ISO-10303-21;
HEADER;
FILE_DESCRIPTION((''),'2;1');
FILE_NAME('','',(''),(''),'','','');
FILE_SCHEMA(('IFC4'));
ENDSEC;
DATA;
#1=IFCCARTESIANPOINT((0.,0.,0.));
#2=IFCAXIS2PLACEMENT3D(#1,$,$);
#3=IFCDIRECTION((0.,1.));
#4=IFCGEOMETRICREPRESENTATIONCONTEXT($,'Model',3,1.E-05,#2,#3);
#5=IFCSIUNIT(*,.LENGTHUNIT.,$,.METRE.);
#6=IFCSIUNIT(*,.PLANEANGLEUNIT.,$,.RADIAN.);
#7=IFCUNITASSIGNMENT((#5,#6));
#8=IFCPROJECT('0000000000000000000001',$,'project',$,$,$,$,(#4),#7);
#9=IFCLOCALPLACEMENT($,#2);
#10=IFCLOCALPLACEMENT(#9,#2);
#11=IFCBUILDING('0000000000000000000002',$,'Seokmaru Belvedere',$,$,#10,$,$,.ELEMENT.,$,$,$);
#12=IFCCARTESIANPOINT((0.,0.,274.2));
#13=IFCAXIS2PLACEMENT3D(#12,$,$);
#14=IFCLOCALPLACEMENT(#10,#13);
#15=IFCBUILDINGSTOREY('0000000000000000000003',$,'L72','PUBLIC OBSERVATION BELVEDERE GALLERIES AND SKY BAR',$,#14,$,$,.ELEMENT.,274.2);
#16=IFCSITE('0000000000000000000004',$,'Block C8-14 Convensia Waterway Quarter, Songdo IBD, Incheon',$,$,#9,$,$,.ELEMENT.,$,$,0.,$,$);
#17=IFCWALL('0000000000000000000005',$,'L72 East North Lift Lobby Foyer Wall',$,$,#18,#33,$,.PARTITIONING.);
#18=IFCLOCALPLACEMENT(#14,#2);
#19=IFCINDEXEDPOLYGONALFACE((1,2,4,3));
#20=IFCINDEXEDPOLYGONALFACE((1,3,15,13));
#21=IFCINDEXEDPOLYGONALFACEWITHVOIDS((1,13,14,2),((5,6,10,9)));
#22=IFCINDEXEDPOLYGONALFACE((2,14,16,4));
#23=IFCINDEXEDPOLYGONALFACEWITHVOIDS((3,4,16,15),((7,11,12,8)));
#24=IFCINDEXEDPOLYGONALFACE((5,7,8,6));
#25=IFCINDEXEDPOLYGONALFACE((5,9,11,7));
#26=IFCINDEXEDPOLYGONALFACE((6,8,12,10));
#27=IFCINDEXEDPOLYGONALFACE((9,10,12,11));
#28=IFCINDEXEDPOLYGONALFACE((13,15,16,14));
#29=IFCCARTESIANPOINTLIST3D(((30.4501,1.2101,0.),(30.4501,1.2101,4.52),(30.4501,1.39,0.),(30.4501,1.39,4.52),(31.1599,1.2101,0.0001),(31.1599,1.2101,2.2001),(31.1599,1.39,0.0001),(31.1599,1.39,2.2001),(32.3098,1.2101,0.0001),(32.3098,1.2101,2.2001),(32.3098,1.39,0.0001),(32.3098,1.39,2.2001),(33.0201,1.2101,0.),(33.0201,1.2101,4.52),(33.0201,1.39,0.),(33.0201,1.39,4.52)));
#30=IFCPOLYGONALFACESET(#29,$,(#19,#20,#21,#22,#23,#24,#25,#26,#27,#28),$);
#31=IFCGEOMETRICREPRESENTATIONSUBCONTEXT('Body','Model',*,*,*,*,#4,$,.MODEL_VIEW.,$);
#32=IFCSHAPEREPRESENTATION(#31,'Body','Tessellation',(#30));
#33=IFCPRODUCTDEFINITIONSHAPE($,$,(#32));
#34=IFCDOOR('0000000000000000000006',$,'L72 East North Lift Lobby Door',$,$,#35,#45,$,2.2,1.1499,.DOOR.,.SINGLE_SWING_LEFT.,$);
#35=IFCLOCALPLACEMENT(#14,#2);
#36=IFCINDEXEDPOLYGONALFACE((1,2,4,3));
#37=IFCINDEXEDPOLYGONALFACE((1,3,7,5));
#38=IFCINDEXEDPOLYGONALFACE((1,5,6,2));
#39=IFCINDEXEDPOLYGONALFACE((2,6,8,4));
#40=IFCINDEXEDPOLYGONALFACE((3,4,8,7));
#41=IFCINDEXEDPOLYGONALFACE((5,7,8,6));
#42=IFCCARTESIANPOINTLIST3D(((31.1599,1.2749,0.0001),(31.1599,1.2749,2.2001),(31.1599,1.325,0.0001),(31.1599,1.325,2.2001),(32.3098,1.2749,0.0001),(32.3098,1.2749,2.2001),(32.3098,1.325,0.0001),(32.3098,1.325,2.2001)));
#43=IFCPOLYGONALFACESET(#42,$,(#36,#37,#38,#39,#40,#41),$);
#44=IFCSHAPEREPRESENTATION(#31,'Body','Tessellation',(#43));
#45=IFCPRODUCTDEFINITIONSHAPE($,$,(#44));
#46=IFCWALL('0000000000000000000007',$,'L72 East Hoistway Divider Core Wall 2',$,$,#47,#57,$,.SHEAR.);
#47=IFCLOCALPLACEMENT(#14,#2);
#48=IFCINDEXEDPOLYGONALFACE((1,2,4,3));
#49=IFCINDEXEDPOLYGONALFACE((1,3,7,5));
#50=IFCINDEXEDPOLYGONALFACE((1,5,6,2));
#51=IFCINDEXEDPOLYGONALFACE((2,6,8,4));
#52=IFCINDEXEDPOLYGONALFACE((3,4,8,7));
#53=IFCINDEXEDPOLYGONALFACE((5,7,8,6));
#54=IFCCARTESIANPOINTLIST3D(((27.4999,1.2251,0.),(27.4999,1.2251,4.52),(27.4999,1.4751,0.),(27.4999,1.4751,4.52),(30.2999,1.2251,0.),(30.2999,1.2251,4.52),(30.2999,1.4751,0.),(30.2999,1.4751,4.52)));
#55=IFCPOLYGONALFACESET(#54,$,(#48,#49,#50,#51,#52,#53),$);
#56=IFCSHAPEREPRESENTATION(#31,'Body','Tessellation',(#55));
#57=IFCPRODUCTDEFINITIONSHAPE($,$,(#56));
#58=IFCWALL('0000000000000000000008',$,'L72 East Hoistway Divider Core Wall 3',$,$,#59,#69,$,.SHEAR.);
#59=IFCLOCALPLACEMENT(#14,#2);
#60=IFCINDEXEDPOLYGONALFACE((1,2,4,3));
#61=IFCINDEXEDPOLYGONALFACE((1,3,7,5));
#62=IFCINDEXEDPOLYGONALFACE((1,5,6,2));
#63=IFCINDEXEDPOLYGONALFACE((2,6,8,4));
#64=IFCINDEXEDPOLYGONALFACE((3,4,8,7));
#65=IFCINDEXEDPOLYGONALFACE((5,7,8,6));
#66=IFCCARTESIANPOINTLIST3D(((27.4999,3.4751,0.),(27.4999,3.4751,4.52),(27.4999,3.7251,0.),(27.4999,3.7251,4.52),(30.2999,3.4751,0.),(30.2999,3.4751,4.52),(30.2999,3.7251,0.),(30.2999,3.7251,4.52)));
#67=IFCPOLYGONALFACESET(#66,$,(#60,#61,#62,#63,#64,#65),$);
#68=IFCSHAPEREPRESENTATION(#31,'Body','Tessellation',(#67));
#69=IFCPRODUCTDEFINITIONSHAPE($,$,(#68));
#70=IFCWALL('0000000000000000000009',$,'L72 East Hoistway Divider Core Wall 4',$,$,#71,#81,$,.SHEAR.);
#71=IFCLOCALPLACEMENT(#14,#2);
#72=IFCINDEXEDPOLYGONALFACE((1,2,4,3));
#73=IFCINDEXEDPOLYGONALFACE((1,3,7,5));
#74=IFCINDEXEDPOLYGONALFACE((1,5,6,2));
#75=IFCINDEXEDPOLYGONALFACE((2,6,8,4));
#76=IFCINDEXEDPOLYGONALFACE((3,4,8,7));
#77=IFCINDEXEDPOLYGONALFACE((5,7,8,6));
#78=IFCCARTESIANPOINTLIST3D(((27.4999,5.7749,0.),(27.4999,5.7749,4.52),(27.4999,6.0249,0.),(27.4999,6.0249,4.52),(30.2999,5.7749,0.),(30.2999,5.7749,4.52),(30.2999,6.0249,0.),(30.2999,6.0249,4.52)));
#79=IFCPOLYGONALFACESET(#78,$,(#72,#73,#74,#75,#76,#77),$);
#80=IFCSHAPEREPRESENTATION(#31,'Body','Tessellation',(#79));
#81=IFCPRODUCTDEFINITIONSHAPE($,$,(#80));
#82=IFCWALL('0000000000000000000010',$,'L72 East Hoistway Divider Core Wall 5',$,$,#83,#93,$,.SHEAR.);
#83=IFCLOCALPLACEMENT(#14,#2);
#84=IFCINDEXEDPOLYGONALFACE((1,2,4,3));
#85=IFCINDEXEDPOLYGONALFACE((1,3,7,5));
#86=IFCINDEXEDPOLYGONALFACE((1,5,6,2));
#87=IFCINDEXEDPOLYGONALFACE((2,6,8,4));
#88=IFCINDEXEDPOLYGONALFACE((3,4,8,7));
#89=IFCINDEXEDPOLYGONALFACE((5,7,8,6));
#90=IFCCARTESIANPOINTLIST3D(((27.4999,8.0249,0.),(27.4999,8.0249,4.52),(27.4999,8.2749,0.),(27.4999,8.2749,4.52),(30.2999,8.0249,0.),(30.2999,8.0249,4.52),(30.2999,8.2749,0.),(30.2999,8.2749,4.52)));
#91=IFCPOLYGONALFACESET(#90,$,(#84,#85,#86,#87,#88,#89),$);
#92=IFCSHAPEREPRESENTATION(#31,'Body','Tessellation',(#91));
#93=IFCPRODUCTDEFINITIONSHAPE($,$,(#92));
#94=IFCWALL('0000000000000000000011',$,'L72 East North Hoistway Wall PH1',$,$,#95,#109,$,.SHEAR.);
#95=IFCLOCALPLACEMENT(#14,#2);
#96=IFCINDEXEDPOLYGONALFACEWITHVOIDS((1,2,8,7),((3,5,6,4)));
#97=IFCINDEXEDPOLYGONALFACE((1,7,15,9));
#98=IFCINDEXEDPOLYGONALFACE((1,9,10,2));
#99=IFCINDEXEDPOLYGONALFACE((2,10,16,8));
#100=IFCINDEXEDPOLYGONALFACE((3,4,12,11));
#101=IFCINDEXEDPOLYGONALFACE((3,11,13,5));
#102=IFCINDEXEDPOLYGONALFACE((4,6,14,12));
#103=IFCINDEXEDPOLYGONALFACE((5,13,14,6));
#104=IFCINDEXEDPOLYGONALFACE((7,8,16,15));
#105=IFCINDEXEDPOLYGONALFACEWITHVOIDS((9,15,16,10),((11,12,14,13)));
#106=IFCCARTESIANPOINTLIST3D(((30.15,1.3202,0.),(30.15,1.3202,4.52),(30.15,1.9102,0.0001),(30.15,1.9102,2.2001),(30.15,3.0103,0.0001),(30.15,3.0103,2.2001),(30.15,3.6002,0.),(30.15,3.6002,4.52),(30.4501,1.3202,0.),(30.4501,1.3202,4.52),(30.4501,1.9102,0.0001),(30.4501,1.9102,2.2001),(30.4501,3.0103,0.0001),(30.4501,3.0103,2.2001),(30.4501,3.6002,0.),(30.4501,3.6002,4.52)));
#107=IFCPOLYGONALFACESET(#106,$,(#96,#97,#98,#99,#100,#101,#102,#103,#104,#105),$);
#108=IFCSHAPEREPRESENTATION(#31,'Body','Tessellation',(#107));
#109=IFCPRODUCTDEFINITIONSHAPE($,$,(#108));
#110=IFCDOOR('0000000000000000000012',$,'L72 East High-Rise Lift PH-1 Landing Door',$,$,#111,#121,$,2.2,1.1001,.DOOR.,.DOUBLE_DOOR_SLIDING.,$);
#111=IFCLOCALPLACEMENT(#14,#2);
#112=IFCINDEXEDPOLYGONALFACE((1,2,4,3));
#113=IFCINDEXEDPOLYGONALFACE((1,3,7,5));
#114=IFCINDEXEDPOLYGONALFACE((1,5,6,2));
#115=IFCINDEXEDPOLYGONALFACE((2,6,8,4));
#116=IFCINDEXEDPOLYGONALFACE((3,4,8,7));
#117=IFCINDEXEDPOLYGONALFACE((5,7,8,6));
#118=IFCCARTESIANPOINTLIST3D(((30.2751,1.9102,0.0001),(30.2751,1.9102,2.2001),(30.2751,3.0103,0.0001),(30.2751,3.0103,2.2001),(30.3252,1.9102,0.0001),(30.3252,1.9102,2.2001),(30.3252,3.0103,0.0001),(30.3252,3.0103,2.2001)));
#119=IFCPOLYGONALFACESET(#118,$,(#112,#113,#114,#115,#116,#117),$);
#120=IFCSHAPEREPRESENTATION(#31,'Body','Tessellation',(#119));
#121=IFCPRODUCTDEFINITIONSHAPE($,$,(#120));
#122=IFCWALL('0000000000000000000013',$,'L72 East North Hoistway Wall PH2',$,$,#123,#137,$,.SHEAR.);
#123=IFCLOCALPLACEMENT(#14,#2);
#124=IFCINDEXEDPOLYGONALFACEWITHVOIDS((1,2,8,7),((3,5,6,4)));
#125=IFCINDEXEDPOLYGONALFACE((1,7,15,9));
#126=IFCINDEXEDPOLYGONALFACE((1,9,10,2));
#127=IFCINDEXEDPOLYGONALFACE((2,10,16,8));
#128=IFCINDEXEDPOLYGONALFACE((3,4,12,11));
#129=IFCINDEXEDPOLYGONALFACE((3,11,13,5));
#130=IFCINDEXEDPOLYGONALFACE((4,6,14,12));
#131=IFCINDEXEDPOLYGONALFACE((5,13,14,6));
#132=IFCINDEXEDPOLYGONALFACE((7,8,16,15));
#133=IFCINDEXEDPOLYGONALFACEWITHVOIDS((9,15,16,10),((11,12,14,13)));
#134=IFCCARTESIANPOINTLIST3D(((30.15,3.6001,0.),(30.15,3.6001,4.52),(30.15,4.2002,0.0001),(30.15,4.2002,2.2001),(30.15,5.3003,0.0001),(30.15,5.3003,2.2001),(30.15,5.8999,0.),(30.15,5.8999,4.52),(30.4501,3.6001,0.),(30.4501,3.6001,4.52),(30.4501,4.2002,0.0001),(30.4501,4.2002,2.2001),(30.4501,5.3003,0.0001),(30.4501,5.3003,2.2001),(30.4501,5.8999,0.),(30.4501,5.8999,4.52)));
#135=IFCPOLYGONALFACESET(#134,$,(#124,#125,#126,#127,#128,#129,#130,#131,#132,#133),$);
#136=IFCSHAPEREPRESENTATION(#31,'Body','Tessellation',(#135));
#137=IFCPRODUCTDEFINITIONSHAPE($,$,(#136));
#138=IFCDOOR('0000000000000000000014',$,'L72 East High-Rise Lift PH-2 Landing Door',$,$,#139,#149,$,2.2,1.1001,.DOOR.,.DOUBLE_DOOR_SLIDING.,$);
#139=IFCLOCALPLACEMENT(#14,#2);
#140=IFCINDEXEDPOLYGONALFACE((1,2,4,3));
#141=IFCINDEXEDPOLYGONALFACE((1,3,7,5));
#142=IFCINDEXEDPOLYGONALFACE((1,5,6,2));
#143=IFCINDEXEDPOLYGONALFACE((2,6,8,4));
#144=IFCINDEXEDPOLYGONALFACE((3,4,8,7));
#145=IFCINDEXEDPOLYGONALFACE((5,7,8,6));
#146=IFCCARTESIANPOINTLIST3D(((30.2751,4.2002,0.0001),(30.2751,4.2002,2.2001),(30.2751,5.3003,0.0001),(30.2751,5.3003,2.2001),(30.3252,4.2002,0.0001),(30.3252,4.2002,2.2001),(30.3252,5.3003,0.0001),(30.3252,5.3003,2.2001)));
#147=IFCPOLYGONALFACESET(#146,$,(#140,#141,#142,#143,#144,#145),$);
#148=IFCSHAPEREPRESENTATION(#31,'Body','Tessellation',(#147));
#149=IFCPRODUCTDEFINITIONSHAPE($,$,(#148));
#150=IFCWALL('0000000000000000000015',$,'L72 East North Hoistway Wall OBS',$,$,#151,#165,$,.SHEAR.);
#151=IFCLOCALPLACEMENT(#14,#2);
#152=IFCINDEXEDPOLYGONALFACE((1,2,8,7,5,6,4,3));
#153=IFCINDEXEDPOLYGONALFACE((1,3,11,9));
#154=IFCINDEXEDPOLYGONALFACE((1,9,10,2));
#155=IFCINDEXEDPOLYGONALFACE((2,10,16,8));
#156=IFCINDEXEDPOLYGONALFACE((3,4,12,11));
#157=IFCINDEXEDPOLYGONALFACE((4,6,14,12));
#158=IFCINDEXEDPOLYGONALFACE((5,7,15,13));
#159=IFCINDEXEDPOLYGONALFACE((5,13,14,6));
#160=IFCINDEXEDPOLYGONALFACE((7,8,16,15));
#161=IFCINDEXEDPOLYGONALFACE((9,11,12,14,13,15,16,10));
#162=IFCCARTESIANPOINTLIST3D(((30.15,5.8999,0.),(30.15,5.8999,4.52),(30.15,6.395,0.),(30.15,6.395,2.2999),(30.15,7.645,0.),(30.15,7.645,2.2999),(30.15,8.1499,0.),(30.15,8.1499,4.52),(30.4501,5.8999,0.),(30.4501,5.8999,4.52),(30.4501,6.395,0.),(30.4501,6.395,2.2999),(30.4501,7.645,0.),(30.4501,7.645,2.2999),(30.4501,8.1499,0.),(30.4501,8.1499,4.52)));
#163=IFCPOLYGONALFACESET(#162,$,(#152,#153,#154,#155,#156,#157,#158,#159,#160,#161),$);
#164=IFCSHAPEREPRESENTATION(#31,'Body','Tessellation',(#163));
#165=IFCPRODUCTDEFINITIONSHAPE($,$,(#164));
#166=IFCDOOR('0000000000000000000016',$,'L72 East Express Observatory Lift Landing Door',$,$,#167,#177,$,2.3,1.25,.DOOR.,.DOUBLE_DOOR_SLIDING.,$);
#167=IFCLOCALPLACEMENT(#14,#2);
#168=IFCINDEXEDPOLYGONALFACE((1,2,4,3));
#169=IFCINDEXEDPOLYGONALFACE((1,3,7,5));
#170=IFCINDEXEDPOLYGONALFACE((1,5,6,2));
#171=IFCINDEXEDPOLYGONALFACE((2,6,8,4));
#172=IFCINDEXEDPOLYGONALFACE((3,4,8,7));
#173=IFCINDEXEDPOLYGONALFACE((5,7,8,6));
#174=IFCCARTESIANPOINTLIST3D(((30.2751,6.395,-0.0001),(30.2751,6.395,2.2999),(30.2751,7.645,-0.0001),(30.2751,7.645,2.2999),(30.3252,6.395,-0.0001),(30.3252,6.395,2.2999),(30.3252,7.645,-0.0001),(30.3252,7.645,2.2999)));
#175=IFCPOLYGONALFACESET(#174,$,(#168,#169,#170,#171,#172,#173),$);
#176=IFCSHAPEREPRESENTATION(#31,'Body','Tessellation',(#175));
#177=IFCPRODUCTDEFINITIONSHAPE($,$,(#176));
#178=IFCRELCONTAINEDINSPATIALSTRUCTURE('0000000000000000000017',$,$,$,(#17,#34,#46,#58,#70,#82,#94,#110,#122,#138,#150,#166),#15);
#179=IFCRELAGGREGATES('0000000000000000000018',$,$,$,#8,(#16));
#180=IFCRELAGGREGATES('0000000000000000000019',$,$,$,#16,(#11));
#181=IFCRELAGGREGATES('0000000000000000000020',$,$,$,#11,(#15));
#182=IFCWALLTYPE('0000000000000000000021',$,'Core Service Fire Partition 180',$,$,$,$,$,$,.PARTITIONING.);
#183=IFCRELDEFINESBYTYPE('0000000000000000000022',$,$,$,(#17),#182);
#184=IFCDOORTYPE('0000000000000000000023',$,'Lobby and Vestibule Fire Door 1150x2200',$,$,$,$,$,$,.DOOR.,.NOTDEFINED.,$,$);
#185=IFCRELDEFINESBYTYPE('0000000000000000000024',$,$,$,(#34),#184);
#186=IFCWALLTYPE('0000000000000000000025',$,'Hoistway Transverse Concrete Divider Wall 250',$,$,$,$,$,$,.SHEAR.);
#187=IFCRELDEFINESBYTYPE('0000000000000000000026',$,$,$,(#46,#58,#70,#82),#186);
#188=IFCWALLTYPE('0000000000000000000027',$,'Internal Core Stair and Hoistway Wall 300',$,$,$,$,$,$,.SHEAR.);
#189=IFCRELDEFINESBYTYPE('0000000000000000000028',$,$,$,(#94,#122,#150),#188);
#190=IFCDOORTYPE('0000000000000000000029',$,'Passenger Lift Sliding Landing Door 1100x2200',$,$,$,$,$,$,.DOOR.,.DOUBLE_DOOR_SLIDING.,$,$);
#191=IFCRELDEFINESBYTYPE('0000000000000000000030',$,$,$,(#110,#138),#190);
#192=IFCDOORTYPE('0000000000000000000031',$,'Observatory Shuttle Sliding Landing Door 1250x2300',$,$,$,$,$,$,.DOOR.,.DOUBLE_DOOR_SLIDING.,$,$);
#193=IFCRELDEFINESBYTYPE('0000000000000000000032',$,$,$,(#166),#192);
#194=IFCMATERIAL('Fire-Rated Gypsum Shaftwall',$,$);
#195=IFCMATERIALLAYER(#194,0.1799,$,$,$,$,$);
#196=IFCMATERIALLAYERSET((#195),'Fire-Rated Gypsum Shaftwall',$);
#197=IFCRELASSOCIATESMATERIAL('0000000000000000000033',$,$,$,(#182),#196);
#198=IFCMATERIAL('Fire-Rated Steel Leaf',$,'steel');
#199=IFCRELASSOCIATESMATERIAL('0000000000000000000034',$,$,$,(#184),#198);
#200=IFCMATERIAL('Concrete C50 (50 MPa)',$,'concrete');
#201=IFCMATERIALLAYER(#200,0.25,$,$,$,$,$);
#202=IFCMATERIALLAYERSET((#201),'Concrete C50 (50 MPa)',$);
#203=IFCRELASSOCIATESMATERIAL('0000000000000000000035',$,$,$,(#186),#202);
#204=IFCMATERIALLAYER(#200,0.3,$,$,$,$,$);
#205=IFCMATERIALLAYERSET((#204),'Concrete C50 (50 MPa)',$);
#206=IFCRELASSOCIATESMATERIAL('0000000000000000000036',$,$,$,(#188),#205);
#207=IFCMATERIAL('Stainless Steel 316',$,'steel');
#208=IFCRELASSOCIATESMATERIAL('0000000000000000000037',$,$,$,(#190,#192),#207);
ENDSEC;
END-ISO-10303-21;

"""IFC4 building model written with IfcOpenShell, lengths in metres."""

from ifc_helpers import new_model, si_unit, direction, frame, frame_2d, origin, place, context, subcontext, project, spatial, rectangle, extrude, source, transform, mapped, material, layer, layer_set, type_object, type_shapes, element, fill, save


model = new_model("IFC4")

# Units and contexts
model_context = context("Model", 3, precision=1e-05, world=origin(), true_north=direction((0.0, 1.0)))
body_context = subcontext(model_context, "Body", "Model", "MODEL_VIEW")
ifc_project = project(units=[si_unit("LENGTHUNIT", "METRE"), si_unit("PLANEANGLEUNIT", "RADIAN")], contexts=[model_context])

# Site, building, storey
site_placement = place(None, origin())
site = spatial("IfcSite", under=ifc_project, at=site_placement, Name="Block C8-14 Convensia Waterway Quarter, Songdo IBD, Incheon", CompositionType="ELEMENT", RefElevation=0.0)
building_placement = place(site_placement, origin())
building = spatial("IfcBuilding", under=site, at=building_placement, Name="Seokmaru Belvedere", CompositionType="ELEMENT")
storey_placement = place(building_placement, frame((0.0, 0.0, 274.2)))
storey = spatial("IfcBuildingStorey", under=building, at=storey_placement, Name="L72", Description="PUBLIC OBSERVATION BELVEDERE GALLERIES AND SKY BAR", CompositionType="ELEMENT", Elevation=274.2)

# Shared definitions
ifc_material_1 = material(Name="Fire-Rated Gypsum Shaftwall")
ifc_layer_1 = layer(ifc_material_1, 0.1799)
ifc_layer_set_1 = layer_set([ifc_layer_1], Name="Fire-Rated Gypsum Shaftwall")
wall_type_1 = type_object("IfcWallType", Name="Core Service Fire Partition 180", PredefinedType="PARTITIONING", material=ifc_layer_set_1)

# Shared definitions
ifc_material_2 = material(Name="Fire-Rated Steel Leaf", Category="steel")
door_type_1 = type_object("IfcDoorType", Name="Lobby and Vestibule Fire Door 1150x2200", OperationType="NOTDEFINED", PredefinedType="DOOR", material=ifc_material_2)
shared_shape_1 = source(origin(), body_context, "Body", "SweptSolid", [
    extrude(rectangle(XDim=1.1499, YDim=2.2, at=frame_2d((0.575, 1.1001))), frame((0.0, 0.0249, 0.0), z_axis=(0.0, -1.0, 0.0), x_axis=(1.0, 0.0, 0.0)), (0.0, 0.0, 1.0), 0.05),
])
type_shapes(door_type_1, [shared_shape_1])

# Wall, opening, door
wall_1_placement = place(storey_placement, frame((30.45, 1.3, 0.0), z_axis=(0.0, 0.0, 1.0), x_axis=(1.0, 0.0, 0.0)))
wall_1 = element("IfcWall", 1, at=wall_1_placement, inside=storey, type_object=wall_type_1, Name="L72 East North Lift Lobby Foyer Wall", PredefinedType="PARTITIONING", context=body_context, shape_type="SweptSolid", body=[
    extrude(rectangle(XDim=2.5701, YDim=0.1799, at=frame_2d((1.2852, 0.0))), origin(), (0.0, 0.0, 1.0), 4.52),
])
opening_1_placement = place(wall_1_placement, frame((0.71, 0.0, 0.0)))
opening_1 = element("IfcOpeningElement", 2, at=opening_1_placement, cuts=wall_1, PredefinedType="OPENING", context=body_context, shape_type="SweptSolid", body=[
    extrude(rectangle(XDim=1.1499, YDim=2.2, at=frame_2d((0.575, 1.1001))), frame((0.0, 0.1001, 0.0), z_axis=(0.0, -1.0, 0.0), x_axis=(1.0, 0.0, 0.0)), (0.0, 0.0, 1.0), 0.2),
])
door_1_placement = place(opening_1_placement, origin())
door_1 = element("IfcDoor", 3, at=door_1_placement, inside=storey, type_object=door_type_1, Name="L72 East North Lift Lobby Door", OperationType="SINGLE_SWING_LEFT", OverallHeight=2.2, OverallWidth=1.1499, PredefinedType="DOOR", context=body_context, shape_type="MappedRepresentation", body=[
    mapped(shared_shape_1, transform((0.0, 0.0, 0.0), scale=1.0)),
])
fill(opening_1, door_1)

# Walls
ifc_material_3 = material(Name="Concrete C50 (50 MPa)", Category="concrete")
ifc_layer_2 = layer(ifc_material_3, 0.25)
ifc_layer_set_2 = layer_set([ifc_layer_2], Name="Concrete C50 (50 MPa)")
wall_type_2 = type_object("IfcWallType", Name="Hoistway Transverse Concrete Divider Wall 250", PredefinedType="SHEAR", material=ifc_layer_set_2)
for number, where, z_axis, x_axis, name in (
    (4, (27.5, 1.3501, 0.0), (0.0, 0.0, 1.0), (1.0, 0.0, 0.0), "L72 East Hoistway Divider Core Wall 2"),
    (5, (27.5, 3.6001, 0.0), (0.0, 0.0, 1.0), (1.0, 0.0, 0.0), "L72 East Hoistway Divider Core Wall 3"),
    (6, (27.5, 5.8999, 0.0), (0.0, 0.0, 1.0), (1.0, 0.0, 0.0), "L72 East Hoistway Divider Core Wall 4"),
    (7, (27.5, 8.1499, 0.0), (0.0, 0.0, 1.0), (1.0, 0.0, 0.0), "L72 East Hoistway Divider Core Wall 5"),
):
    element("IfcWall", number, at=place(storey_placement, frame(where, z_axis=z_axis, x_axis=x_axis)), inside=storey, type_object=wall_type_2, Name=name, PredefinedType="SHEAR", context=body_context, shape_type="SweptSolid", body=[
        extrude(rectangle(XDim=2.8, YDim=0.25, at=frame_2d((1.3999, 0.0))), origin(), (0.0, 0.0, 1.0), 4.52),
    ])

# Walls, openings, doors
ifc_layer_3 = layer(ifc_material_3, 0.3)
ifc_layer_set_3 = layer_set([ifc_layer_3], Name="Concrete C50 (50 MPa)")
wall_type_3 = type_object("IfcWallType", Name="Internal Core Stair and Hoistway Wall 300", PredefinedType="SHEAR", material=ifc_layer_set_3)
wall_2_placement = place(storey_placement, frame((30.3, 1.3201, 0.0), z_axis=(0.0, 0.0, 1.0), x_axis=(0.0, 1.0, 0.0)))
wall_2 = element("IfcWall", 8, at=wall_2_placement, inside=storey, type_object=wall_type_3, Name="L72 East North Hoistway Wall PH1", PredefinedType="SHEAR", context=body_context, shape_type="SweptSolid", body=[
    extrude(rectangle(XDim=2.28, YDim=0.3, at=frame_2d((1.1401, 0.0))), origin(), (0.0, 0.0, 1.0), 4.52),
])
opening_2_placement = place(wall_2_placement, frame((0.5901, 0.0, 0.0)))
opening_2 = element("IfcOpeningElement", 9, at=opening_2_placement, cuts=wall_2, PredefinedType="OPENING", context=body_context, shape_type="SweptSolid", body=[
    extrude(rectangle(XDim=1.1001, YDim=2.2, at=frame_2d((0.55, 1.1001))), frame((0.0, 0.1602, 0.0), z_axis=(0.0, -1.0, 0.0), x_axis=(1.0, 0.0, 0.0)), (0.0, 0.0, 1.0), 0.3201),
])
ifc_material_4 = material(Name="Stainless Steel 316", Category="steel")
door_type_2 = type_object("IfcDoorType", Name="Passenger Lift Sliding Landing Door 1100x2200", OperationType="DOUBLE_DOOR_SLIDING", PredefinedType="DOOR", material=ifc_material_4)
shared_shape_2 = source(origin(), body_context, "Body", "SweptSolid", [
    extrude(rectangle(XDim=1.1001, YDim=2.2, at=frame_2d((0.55, 1.1001))), frame((0.0, 0.0249, 0.0), z_axis=(0.0, -1.0, 0.0), x_axis=(1.0, 0.0, 0.0)), (0.0, 0.0, 1.0), 0.05),
])
type_shapes(door_type_2, [shared_shape_2])
door_2_placement = place(opening_2_placement, origin())
door_2 = element("IfcDoor", 10, at=door_2_placement, inside=storey, type_object=door_type_2, Name="L72 East High-Rise Lift PH-1 Landing Door", OperationType="DOUBLE_DOOR_SLIDING", OverallHeight=2.2, OverallWidth=1.1001, PredefinedType="DOOR", context=body_context, shape_type="MappedRepresentation", body=[
    mapped(shared_shape_2, transform((0.0, 0.0, 0.0), scale=1.0)),
])
fill(opening_2, door_2)
wall_3_placement = place(storey_placement, frame((30.3, 3.6001, 0.0), z_axis=(0.0, 0.0, 1.0), x_axis=(0.0, 1.0, 0.0)))
wall_3 = element("IfcWall", 11, at=wall_3_placement, inside=storey, type_object=wall_type_3, Name="L72 East North Hoistway Wall PH2", PredefinedType="SHEAR", context=body_context, shape_type="SweptSolid", body=[
    extrude(rectangle(XDim=2.2998, YDim=0.3, at=frame_2d((1.1499, 0.0))), origin(), (0.0, 0.0, 1.0), 4.52),
])
opening_3_placement = place(wall_3_placement, frame((0.6001, 0.0, 0.0)))
opening_3 = element("IfcOpeningElement", 12, at=opening_3_placement, cuts=wall_3, PredefinedType="OPENING", context=body_context, shape_type="SweptSolid", body=[
    extrude(rectangle(XDim=1.1001, YDim=2.2, at=frame_2d((0.55, 1.1001))), frame((0.0, 0.1602, 0.0), z_axis=(0.0, -1.0, 0.0), x_axis=(1.0, 0.0, 0.0)), (0.0, 0.0, 1.0), 0.3201),
])
door_3_placement = place(opening_3_placement, origin())
door_3 = element("IfcDoor", 13, at=door_3_placement, inside=storey, type_object=door_type_2, Name="L72 East High-Rise Lift PH-2 Landing Door", OperationType="DOUBLE_DOOR_SLIDING", OverallHeight=2.2, OverallWidth=1.1001, PredefinedType="DOOR", context=body_context, shape_type="MappedRepresentation", body=[
    mapped(shared_shape_2, transform((0.0, 0.0, 0.0), scale=1.0)),
])
fill(opening_3, door_3)
wall_4_placement = place(storey_placement, frame((30.3, 5.8999, 0.0), z_axis=(0.0, 0.0, 1.0), x_axis=(0.0, 1.0, 0.0)))
wall_4 = element("IfcWall", 14, at=wall_4_placement, inside=storey, type_object=wall_type_3, Name="L72 East North Hoistway Wall OBS", PredefinedType="SHEAR", context=body_context, shape_type="SweptSolid", body=[
    extrude(rectangle(XDim=2.25, YDim=0.3, at=frame_2d((1.125, 0.0))), origin(), (0.0, 0.0, 1.0), 4.52),
])
opening_4_placement = place(wall_4_placement, frame((0.4951, 0.0, 0.0)))
opening_4 = element("IfcOpeningElement", 15, at=opening_4_placement, cuts=wall_4, PredefinedType="OPENING", context=body_context, shape_type="SweptSolid", body=[
    extrude(rectangle(XDim=1.25, YDim=2.3, at=frame_2d((0.625, 1.1499))), frame((0.0, 0.1602, 0.0), z_axis=(0.0, -1.0, 0.0), x_axis=(1.0, 0.0, 0.0)), (0.0, 0.0, 1.0), 0.3201),
])
door_type_3 = type_object("IfcDoorType", Name="Observatory Shuttle Sliding Landing Door 1250x2300", OperationType="DOUBLE_DOOR_SLIDING", PredefinedType="DOOR", material=ifc_material_4)
shared_shape_3 = source(origin(), body_context, "Body", "SweptSolid", [
    extrude(rectangle(XDim=1.25, YDim=2.3, at=frame_2d((0.625, 1.1499))), frame((0.0, 0.0249, 0.0), z_axis=(0.0, -1.0, 0.0), x_axis=(1.0, 0.0, 0.0)), (0.0, 0.0, 1.0), 0.05),
])
type_shapes(door_type_3, [shared_shape_3])
door_4_placement = place(opening_4_placement, origin())
door_4 = element("IfcDoor", 16, at=door_4_placement, inside=storey, type_object=door_type_3, Name="L72 East Express Observatory Lift Landing Door", OperationType="DOUBLE_DOOR_SLIDING", OverallHeight=2.3, OverallWidth=1.25, PredefinedType="DOOR", context=body_context, shape_type="MappedRepresentation", body=[
    mapped(shared_shape_3, transform((0.0, 0.0, 0.0), scale=1.0)),
])
fill(opening_4, door_4)

save(model, "model.ifc")
